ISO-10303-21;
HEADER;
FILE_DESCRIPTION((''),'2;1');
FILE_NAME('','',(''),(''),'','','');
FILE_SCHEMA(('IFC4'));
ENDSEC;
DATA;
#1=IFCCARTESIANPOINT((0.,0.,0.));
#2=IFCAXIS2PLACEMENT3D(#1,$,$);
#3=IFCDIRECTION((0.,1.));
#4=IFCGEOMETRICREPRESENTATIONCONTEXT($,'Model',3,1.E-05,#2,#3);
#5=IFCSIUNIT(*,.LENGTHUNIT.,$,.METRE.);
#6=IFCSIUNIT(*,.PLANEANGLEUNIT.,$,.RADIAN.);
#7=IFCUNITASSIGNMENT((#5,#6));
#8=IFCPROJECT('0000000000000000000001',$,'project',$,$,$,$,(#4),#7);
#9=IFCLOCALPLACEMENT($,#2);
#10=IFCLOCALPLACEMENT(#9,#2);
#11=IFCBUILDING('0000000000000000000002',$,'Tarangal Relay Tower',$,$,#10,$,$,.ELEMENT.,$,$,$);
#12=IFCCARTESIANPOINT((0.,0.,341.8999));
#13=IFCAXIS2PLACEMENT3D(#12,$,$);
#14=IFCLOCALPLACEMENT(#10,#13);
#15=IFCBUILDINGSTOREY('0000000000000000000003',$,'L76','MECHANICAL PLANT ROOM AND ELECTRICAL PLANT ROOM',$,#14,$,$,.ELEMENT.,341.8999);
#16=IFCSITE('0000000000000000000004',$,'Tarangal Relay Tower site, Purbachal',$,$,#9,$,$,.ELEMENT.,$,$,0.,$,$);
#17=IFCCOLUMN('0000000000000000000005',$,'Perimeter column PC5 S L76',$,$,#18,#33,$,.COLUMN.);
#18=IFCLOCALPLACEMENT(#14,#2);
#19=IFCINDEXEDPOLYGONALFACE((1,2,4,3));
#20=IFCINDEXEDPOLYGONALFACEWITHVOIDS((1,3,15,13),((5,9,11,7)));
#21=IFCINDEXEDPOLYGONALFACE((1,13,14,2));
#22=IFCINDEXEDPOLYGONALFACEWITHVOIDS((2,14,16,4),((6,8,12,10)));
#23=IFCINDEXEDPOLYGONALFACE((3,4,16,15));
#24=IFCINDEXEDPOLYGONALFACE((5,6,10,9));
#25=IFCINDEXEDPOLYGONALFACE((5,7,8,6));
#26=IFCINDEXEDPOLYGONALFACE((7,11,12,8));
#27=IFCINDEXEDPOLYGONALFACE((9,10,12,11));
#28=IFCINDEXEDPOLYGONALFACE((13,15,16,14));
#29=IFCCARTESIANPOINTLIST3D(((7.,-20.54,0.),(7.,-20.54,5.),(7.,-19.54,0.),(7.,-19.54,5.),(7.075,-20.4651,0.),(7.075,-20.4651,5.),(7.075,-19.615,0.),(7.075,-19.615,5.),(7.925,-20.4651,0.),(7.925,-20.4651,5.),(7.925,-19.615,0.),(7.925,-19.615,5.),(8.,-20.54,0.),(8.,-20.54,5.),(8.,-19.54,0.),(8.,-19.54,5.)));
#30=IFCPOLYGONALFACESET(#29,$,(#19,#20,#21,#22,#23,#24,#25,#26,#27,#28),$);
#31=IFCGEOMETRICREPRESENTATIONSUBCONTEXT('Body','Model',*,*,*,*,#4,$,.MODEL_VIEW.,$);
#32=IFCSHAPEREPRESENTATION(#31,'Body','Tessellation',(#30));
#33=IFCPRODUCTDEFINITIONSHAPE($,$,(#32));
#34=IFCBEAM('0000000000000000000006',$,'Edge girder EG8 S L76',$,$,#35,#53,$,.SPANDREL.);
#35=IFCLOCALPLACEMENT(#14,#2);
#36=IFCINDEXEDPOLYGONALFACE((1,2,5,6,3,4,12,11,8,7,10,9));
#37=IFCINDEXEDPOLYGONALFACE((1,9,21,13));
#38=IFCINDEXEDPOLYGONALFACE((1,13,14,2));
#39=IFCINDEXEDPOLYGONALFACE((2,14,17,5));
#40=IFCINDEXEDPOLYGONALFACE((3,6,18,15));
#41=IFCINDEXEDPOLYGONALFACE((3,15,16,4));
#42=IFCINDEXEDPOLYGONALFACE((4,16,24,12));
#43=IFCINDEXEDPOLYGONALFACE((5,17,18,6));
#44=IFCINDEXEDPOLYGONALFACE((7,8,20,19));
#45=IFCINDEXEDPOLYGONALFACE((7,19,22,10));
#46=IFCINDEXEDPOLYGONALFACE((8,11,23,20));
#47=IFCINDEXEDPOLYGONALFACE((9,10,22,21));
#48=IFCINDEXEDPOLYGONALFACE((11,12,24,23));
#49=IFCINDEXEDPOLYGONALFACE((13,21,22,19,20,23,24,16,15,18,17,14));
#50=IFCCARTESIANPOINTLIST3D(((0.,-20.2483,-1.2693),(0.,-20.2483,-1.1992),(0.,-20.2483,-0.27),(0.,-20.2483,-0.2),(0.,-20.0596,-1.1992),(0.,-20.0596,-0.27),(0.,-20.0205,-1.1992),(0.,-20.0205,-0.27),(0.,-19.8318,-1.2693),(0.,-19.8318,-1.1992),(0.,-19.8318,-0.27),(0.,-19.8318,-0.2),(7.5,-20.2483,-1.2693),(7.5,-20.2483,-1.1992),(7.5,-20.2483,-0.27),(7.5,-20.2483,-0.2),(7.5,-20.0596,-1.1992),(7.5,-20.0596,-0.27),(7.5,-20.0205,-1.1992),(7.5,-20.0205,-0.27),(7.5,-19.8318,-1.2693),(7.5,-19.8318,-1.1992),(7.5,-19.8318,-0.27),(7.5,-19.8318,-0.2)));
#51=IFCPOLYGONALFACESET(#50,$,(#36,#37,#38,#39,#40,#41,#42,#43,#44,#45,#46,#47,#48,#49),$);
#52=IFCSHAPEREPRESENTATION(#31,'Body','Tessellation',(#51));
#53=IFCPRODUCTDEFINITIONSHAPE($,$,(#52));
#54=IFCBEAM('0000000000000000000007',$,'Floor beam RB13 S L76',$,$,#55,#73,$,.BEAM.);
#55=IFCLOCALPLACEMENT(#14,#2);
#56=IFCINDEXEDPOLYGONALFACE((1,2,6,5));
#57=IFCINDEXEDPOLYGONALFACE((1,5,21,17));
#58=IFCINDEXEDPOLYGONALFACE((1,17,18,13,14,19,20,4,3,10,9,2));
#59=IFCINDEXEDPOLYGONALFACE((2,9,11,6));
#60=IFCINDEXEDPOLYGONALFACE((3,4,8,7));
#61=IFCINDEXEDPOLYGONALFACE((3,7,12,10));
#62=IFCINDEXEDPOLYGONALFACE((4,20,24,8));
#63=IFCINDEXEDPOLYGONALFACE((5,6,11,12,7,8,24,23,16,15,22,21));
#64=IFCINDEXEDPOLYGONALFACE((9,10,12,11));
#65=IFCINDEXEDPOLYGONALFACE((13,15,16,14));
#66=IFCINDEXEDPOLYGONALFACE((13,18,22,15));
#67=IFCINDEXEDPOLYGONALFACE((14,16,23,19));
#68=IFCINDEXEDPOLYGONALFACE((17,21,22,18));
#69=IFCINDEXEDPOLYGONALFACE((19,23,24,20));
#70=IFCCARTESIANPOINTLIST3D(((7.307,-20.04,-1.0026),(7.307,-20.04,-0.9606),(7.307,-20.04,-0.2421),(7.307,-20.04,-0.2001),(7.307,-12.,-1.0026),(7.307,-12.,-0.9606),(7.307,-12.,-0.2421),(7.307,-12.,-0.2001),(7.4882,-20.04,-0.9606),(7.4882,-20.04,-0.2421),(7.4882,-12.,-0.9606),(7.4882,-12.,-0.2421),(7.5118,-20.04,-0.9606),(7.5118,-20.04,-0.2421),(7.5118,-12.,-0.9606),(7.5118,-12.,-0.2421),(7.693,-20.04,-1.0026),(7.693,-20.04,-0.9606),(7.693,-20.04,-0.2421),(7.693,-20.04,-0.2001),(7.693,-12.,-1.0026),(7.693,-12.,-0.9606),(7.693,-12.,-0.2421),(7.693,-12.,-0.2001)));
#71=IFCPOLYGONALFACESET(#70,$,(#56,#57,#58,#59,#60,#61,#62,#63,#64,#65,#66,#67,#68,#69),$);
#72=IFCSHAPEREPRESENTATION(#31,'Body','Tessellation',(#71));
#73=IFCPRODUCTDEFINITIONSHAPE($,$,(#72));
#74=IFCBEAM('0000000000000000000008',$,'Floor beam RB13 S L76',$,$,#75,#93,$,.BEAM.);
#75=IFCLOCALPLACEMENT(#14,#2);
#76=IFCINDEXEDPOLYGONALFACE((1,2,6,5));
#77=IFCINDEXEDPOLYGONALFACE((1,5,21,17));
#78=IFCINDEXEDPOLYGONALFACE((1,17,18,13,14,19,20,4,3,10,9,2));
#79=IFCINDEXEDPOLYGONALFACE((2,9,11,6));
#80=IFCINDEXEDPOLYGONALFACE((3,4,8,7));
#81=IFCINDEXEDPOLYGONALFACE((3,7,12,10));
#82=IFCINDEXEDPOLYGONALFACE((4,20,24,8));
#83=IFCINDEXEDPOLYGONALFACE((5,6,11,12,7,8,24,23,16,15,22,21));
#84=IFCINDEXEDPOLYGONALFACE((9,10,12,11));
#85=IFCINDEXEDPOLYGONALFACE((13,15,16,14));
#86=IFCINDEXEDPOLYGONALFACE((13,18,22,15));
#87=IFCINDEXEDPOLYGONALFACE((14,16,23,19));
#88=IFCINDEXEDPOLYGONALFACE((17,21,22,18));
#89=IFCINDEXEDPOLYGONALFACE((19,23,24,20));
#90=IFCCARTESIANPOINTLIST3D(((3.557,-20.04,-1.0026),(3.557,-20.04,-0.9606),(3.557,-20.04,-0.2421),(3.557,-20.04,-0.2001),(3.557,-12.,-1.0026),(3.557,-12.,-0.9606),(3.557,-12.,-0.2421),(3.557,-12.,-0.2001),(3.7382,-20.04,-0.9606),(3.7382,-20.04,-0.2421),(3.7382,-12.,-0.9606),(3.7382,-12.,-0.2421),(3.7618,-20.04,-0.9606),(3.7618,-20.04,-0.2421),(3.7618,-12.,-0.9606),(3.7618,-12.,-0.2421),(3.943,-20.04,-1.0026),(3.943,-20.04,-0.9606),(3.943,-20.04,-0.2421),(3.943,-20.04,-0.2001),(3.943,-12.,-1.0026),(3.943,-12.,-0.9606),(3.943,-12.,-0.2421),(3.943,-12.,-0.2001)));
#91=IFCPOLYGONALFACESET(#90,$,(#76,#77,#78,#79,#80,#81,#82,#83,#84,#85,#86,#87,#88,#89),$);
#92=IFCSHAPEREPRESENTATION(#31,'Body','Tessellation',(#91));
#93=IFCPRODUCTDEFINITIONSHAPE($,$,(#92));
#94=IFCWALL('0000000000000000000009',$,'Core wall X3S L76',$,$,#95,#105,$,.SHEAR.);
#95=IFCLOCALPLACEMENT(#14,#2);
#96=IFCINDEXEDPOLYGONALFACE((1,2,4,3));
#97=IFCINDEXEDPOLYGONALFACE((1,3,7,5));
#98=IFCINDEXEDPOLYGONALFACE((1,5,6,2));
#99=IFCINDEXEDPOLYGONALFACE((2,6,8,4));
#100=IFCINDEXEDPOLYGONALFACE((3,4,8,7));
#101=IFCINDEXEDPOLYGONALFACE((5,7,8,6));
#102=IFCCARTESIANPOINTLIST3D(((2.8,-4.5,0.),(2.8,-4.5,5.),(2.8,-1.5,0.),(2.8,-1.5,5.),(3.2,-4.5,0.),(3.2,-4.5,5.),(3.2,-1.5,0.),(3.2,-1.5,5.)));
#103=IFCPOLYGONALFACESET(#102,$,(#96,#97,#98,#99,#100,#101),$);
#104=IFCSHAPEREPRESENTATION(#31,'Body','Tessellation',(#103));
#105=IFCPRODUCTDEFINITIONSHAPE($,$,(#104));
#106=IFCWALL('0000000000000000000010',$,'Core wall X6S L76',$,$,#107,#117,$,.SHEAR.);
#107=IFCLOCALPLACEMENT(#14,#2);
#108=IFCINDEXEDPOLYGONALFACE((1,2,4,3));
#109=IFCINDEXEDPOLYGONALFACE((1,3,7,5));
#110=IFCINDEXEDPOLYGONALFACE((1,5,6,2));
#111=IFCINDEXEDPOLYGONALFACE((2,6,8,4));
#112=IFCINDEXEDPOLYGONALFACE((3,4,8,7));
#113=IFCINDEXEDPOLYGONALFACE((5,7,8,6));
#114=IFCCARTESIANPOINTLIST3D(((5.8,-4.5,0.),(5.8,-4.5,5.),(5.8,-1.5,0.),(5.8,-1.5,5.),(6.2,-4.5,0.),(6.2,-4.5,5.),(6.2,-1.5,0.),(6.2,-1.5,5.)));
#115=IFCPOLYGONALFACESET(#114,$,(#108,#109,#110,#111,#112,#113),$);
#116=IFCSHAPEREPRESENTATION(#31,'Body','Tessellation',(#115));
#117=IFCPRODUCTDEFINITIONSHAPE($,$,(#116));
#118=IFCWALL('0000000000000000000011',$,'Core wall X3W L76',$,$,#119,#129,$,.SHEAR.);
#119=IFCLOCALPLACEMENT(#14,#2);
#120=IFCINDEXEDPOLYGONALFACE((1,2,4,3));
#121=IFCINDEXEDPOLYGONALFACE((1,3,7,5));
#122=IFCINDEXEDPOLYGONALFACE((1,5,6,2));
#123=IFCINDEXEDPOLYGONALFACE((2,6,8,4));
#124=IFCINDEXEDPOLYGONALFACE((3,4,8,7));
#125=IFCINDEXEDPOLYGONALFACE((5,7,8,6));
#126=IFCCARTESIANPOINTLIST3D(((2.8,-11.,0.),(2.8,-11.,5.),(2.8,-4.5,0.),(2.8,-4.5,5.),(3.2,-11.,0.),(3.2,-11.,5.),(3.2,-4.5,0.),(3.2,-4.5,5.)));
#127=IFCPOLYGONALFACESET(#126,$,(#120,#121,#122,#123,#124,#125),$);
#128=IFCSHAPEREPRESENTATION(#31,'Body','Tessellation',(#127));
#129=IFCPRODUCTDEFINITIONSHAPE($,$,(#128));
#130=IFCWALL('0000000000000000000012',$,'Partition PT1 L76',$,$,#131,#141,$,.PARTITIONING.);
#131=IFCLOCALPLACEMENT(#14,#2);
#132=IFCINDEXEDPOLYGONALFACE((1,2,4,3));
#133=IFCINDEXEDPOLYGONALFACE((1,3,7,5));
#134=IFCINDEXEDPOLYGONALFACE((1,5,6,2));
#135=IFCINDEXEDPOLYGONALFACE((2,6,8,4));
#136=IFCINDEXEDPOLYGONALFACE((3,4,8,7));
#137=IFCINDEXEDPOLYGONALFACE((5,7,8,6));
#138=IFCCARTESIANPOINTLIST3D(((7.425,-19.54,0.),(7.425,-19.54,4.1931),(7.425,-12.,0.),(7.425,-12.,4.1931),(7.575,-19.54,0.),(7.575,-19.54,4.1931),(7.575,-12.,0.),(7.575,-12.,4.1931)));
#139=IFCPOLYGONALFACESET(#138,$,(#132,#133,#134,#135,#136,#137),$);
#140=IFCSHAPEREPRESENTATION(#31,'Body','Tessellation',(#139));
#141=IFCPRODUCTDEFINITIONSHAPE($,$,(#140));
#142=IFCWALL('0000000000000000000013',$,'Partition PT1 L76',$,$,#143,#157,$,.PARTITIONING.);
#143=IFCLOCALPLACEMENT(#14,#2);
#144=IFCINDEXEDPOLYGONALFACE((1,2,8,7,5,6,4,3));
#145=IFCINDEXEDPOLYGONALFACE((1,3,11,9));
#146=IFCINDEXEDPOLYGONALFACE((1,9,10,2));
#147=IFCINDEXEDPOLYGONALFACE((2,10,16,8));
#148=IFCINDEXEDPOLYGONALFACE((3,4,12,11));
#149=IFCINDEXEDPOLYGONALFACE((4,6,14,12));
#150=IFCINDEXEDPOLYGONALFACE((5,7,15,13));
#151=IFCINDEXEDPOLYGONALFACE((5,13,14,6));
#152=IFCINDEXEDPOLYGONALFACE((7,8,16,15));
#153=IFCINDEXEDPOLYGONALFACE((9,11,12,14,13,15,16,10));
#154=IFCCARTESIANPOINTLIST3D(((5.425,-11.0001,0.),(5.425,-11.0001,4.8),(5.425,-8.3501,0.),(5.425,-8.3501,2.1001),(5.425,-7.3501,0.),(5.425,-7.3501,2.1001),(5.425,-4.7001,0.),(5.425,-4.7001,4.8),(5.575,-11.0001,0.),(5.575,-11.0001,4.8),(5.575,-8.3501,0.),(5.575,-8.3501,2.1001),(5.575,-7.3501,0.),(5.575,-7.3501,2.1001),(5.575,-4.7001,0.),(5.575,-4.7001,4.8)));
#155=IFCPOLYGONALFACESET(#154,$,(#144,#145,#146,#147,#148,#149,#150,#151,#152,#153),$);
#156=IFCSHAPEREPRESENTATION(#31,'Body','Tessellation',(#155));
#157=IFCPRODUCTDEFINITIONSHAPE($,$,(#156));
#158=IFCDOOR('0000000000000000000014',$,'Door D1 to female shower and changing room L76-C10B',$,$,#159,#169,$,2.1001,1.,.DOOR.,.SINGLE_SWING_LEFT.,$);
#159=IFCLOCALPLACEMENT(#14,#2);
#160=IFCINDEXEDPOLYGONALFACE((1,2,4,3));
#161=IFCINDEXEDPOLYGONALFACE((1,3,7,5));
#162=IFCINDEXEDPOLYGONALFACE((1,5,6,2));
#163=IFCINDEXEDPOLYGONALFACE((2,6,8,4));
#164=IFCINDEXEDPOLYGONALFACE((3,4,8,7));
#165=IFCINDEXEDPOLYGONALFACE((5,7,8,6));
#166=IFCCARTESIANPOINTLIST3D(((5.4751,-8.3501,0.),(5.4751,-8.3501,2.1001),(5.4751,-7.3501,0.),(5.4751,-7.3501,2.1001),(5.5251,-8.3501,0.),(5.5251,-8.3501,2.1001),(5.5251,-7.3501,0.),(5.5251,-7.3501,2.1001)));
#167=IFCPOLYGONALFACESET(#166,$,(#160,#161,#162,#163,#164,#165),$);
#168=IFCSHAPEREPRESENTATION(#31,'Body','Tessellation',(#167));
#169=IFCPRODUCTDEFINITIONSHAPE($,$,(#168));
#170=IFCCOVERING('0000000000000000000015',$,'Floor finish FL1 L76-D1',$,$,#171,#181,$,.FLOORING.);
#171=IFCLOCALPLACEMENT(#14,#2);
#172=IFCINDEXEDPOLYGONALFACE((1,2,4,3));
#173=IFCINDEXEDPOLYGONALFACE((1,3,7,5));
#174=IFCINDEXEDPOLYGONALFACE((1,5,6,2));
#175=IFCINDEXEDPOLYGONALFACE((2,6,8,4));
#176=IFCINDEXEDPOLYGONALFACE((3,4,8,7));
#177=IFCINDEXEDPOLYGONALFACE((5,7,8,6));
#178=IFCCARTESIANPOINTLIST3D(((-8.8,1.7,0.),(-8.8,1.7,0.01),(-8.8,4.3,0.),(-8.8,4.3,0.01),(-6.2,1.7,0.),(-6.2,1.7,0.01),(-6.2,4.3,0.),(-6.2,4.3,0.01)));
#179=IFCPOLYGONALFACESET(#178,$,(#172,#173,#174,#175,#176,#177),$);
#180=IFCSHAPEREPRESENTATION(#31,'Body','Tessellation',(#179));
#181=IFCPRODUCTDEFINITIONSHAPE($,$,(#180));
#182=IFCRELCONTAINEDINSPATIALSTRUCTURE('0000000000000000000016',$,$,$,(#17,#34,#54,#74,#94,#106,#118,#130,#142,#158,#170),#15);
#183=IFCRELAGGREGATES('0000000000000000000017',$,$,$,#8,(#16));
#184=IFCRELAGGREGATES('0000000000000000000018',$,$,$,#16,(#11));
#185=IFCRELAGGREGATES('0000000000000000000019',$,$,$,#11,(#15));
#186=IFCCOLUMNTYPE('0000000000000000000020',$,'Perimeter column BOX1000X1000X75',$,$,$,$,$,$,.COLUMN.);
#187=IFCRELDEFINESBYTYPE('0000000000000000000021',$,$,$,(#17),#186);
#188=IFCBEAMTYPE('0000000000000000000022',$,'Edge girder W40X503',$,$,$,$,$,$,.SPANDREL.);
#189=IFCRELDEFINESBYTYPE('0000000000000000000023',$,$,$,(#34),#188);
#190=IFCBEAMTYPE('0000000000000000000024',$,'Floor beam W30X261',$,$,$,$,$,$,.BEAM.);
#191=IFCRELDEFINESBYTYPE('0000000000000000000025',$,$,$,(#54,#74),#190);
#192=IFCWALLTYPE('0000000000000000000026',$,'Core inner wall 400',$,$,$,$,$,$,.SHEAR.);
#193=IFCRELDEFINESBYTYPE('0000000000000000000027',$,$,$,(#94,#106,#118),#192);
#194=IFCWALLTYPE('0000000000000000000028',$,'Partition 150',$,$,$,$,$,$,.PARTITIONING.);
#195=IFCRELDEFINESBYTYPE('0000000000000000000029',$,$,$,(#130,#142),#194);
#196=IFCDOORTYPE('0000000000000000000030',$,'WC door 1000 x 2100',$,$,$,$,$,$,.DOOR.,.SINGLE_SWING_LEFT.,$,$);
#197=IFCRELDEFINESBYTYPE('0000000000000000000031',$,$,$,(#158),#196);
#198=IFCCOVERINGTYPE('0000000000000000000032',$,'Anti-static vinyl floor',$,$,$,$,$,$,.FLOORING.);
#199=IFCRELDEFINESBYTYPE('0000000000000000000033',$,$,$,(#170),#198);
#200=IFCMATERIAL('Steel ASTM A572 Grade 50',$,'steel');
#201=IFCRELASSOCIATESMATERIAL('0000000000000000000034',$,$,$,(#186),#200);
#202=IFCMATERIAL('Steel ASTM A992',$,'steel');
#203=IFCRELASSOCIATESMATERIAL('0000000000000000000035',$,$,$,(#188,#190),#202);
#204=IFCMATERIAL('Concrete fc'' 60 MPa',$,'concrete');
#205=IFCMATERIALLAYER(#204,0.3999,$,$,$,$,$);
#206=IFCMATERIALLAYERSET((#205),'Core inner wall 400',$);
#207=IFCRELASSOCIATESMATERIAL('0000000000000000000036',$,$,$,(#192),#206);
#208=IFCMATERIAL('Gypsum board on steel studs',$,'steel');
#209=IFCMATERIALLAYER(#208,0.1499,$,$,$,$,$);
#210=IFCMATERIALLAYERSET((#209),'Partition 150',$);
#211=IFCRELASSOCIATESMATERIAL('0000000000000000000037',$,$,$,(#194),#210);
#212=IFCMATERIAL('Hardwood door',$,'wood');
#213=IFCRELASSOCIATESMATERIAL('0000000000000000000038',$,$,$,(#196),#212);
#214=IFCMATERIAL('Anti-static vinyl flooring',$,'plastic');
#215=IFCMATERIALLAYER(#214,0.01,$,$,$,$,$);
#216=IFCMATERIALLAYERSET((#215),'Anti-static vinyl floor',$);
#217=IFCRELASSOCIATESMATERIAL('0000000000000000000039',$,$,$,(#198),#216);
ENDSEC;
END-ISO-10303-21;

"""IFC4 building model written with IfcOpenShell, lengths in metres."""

from ifc_helpers import new_model, si_unit, direction, frame, frame_2d, origin, origin_2d, place, context, subcontext, project, spatial, polyline, rectangle, hollow_rectangle, i_section, outline, extrude, material, layer, layer_set, material_profile, profile_set, type_object, element, fill, save


model = new_model("IFC4")

# Units and contexts
model_context = context("Model", 3, precision=1e-05, world=origin(), true_north=direction((0.0, 1.0)))
body_context = subcontext(model_context, "Body", "Model", "MODEL_VIEW")
ifc_project = project(units=[si_unit("LENGTHUNIT", "METRE"), si_unit("PLANEANGLEUNIT", "RADIAN")], contexts=[model_context])

# Site, building, storey
site_placement = place(None, origin())
site = spatial("IfcSite", under=ifc_project, at=site_placement, Name="Tarangal Relay Tower site, Purbachal", CompositionType="ELEMENT", RefElevation=0.0)
building_placement = place(site_placement, origin())
building = spatial("IfcBuilding", under=site, at=building_placement, Name="Tarangal Relay Tower", CompositionType="ELEMENT")
storey_placement = place(building_placement, frame((0.0, 0.0, 341.8999)))
storey = spatial("IfcBuildingStorey", under=building, at=storey_placement, Name="L76", Description="MECHANICAL PLANT ROOM AND ELECTRICAL PLANT ROOM", CompositionType="ELEMENT", Elevation=341.8999)

# Column
ifc_material_1 = material(Name="Steel ASTM A572 Grade 50", Category="steel")
ifc_material_profile_1 = material_profile(ifc_material_1, hollow_rectangle(XDim=1.0, YDim=1.0, WallThickness=0.075, at=origin_2d()), Name="BOX1000X1000X75")
ifc_profile_set_1 = profile_set([ifc_material_profile_1], Name="Steel ASTM A572 Grade 50")
column_type = type_object("IfcColumnType", Name="Perimeter column BOX1000X1000X75", PredefinedType="COLUMN", material=ifc_profile_set_1)
column_placement = place(storey_placement, frame((7.5, -20.04, 0.0), z_axis=(0.0, 0.0, 1.0), x_axis=(1.0, 0.0, 0.0)))
element("IfcColumn", 1, at=column_placement, inside=storey, type_object=column_type, Name="Perimeter column PC5 S L76", PredefinedType="COLUMN", context=body_context, shape_type="SweptSolid", body=[
    extrude(hollow_rectangle(XDim=1.0, YDim=1.0, WallThickness=0.075, at=origin_2d()), origin(), (0.0, 0.0, 1.0), 5.0),
])

# Beams
ifc_material_2 = material(Name="Steel ASTM A992", Category="steel")
ifc_material_profile_2 = material_profile(ifc_material_2, i_section(OverallWidth=0.4165, OverallDepth=1.0693, WebThickness=0.0391, FlangeThickness=0.0701, at=origin_2d()), Name="W40X503")
ifc_profile_set_2 = profile_set([ifc_material_profile_2], Name="Steel ASTM A992")
beam_type_1 = type_object("IfcBeamType", Name="Edge girder W40X503", PredefinedType="SPANDREL", material=ifc_profile_set_2)
beam_placement = place(storey_placement, frame((7.5, -20.04, -0.7346), z_axis=(-1.0, 0.0, 0.0), x_axis=(0.0, -1.0, 0.0)))
element("IfcBeam", 2, at=beam_placement, inside=storey, type_object=beam_type_1, Name="Edge girder EG8 S L76", PredefinedType="SPANDREL", context=body_context, shape_type="SweptSolid", body=[
    extrude(i_section(OverallWidth=0.4165, OverallDepth=1.0693, WebThickness=0.0391, FlangeThickness=0.0701, at=origin_2d()), origin(), (0.0, 0.0, 1.0), 7.5),
])
ifc_material_profile_3 = material_profile(ifc_material_2, i_section(OverallWidth=0.386, OverallDepth=0.8025, WebThickness=0.0237, FlangeThickness=0.042, at=origin_2d()), Name="W30X261")
ifc_profile_set_3 = profile_set([ifc_material_profile_3], Name="Steel ASTM A992")
beam_type_2 = type_object("IfcBeamType", Name="Floor beam W30X261", PredefinedType="BEAM", material=ifc_profile_set_3)
for number, where, z_axis, x_axis, name in (
    (3, (7.5, -12.0, -0.6013), (0.0, -1.0, 0.0), (1.0, 0.0, 0.0), "Floor beam RB13 S L76"),
    (4, (3.75, -12.0, -0.6013), (0.0, -1.0, 0.0), (1.0, 0.0, 0.0), "Floor beam RB13 S L76"),
):
    element("IfcBeam", number, at=place(storey_placement, frame(where, z_axis=z_axis, x_axis=x_axis)), inside=storey, type_object=beam_type_2, Name=name, PredefinedType="BEAM", context=body_context, shape_type="SweptSolid", body=[
        extrude(i_section(OverallWidth=0.386, OverallDepth=0.8025, WebThickness=0.0237, FlangeThickness=0.042, at=origin_2d()), origin(), (0.0, 0.0, 1.0), 8.04),
    ])

# Walls
ifc_material_3 = material(Name="Concrete fc' 60 MPa", Category="concrete")
ifc_layer_1 = layer(ifc_material_3, 0.3999)
ifc_layer_set_1 = layer_set([ifc_layer_1], Name="Core inner wall 400")
wall_type_1 = type_object("IfcWallType", Name="Core inner wall 400", PredefinedType="SHEAR", material=ifc_layer_set_1)
for number, where, z_axis, x_axis, name in (
    (5, (3.0, -4.5, 0.0), (0.0, 0.0, 1.0), (0.0, 1.0, 0.0), "Core wall X3S L76"),
    (6, (6.0, -4.5, 0.0), (0.0, 0.0, 1.0), (0.0, 1.0, 0.0), "Core wall X6S L76"),
):
    element("IfcWall", number, at=place(storey_placement, frame(where, z_axis=z_axis, x_axis=x_axis)), inside=storey, type_object=wall_type_1, Name=name, PredefinedType="SHEAR", context=body_context, shape_type="SweptSolid", body=[
        extrude(rectangle(XDim=3.0, YDim=0.3999, at=frame_2d((1.5, 0.0))), origin(), (0.0, 0.0, 1.0), 5.0),
    ])
wall_1_placement = place(storey_placement, frame((3.0, -11.0, 0.0), z_axis=(0.0, 0.0, 1.0), x_axis=(0.0, 1.0, 0.0)))
element("IfcWall", 7, at=wall_1_placement, inside=storey, type_object=wall_type_1, Name="Core wall X3W L76", PredefinedType="SHEAR", context=body_context, shape_type="SweptSolid", body=[
    extrude(rectangle(XDim=6.5, YDim=0.3999, at=frame_2d((3.25, 0.0))), origin(), (0.0, 0.0, 1.0), 5.0),
])
ifc_material_4 = material(Name="Gypsum board on steel studs", Category="steel")
ifc_layer_2 = layer(ifc_material_4, 0.1499)
ifc_layer_set_2 = layer_set([ifc_layer_2], Name="Partition 150")
wall_type_2 = type_object("IfcWallType", Name="Partition 150", PredefinedType="PARTITIONING", material=ifc_layer_set_2)
wall_2_placement = place(storey_placement, frame((7.5, -12.0, 0.0), z_axis=(0.0, 0.0, 1.0), x_axis=(0.0, -1.0, 0.0)))
element("IfcWall", 8, at=wall_2_placement, inside=storey, type_object=wall_type_2, Name="Partition PT1 L76", PredefinedType="PARTITIONING", context=body_context, shape_type="SweptSolid", body=[
    extrude(rectangle(XDim=7.54, YDim=0.1499, at=frame_2d((3.77, 0.0))), origin(), (0.0, 0.0, 1.0), 4.1931),
])

# Wall, opening, door
wall_3_placement = place(storey_placement, frame((5.5, -11.0, 0.0), z_axis=(0.0, 0.0, 1.0), x_axis=(0.0, 1.0, 0.0)))
wall_3 = element("IfcWall", 9, at=wall_3_placement, inside=storey, type_object=wall_type_2, Name="Partition PT1 L76", PredefinedType="PARTITIONING", context=body_context, shape_type="SweptSolid", body=[
    extrude(rectangle(XDim=6.3, YDim=0.1499, at=frame_2d((3.1499, 0.0))), origin(), (0.0, 0.0, 1.0), 4.8),
])
opening_placement = place(wall_3_placement, frame((2.6499, 0.0, 0.0)))
opening = element("IfcOpeningElement", 10, at=opening_placement, cuts=wall_3, PredefinedType="OPENING", context=body_context, shape_type="SweptSolid", body=[
    extrude(rectangle(XDim=1.0, YDim=2.1001, at=frame_2d((0.5, 1.05))), frame((0.0, 0.085, 0.0), z_axis=(0.0, -1.0, 0.0), x_axis=(1.0, 0.0, 0.0)), (0.0, 0.0, 1.0), 0.1699),
])
ifc_material_5 = material(Name="Hardwood door", Category="wood")
door_type = type_object("IfcDoorType", Name="WC door 1000 x 2100", OperationType="SINGLE_SWING_LEFT", PredefinedType="DOOR", material=ifc_material_5)
door_placement = place(opening_placement, origin())
door = element("IfcDoor", 11, at=door_placement, inside=storey, type_object=door_type, Name="Door D1 to female shower and changing room L76-C10B", OperationType="SINGLE_SWING_LEFT", OverallHeight=2.1001, OverallWidth=1.0, PredefinedType="DOOR", context=body_context, shape_type="SweptSolid", body=[
    extrude(rectangle(XDim=1.0, YDim=2.1001, at=frame_2d((0.5, 1.05))), frame((0.0, 0.0249, 0.0), z_axis=(0.0, -1.0, 0.0), x_axis=(1.0, 0.0, 0.0)), (0.0, 0.0, 1.0), 0.05),
])
fill(opening, door)

# Covering
ifc_material_6 = material(Name="Anti-static vinyl flooring", Category="plastic")
ifc_layer_3 = layer(ifc_material_6, 0.01)
ifc_layer_set_3 = layer_set([ifc_layer_3], Name="Anti-static vinyl floor")
covering_type_1 = type_object("IfcCoveringType", Name="Anti-static vinyl floor", PredefinedType="FLOORING", material=ifc_layer_set_3)
covering_1_placement = place(storey_placement, origin())
element("IfcCovering", 12, at=covering_1_placement, inside=storey, type_object=covering_type_1, Name="Floor finish FL1 L76-D1", PredefinedType="FLOORING", context=body_context, shape_type="SweptSolid", body=[
    extrude(outline(polyline([(-8.8, 1.7), (-6.2, 1.7), (-6.2, 4.3), (-8.8, 4.3), (-8.8, 1.7)])), origin(), (0.0, 0.0, 1.0), 0.01),
])

save(model, "model.ifc")
